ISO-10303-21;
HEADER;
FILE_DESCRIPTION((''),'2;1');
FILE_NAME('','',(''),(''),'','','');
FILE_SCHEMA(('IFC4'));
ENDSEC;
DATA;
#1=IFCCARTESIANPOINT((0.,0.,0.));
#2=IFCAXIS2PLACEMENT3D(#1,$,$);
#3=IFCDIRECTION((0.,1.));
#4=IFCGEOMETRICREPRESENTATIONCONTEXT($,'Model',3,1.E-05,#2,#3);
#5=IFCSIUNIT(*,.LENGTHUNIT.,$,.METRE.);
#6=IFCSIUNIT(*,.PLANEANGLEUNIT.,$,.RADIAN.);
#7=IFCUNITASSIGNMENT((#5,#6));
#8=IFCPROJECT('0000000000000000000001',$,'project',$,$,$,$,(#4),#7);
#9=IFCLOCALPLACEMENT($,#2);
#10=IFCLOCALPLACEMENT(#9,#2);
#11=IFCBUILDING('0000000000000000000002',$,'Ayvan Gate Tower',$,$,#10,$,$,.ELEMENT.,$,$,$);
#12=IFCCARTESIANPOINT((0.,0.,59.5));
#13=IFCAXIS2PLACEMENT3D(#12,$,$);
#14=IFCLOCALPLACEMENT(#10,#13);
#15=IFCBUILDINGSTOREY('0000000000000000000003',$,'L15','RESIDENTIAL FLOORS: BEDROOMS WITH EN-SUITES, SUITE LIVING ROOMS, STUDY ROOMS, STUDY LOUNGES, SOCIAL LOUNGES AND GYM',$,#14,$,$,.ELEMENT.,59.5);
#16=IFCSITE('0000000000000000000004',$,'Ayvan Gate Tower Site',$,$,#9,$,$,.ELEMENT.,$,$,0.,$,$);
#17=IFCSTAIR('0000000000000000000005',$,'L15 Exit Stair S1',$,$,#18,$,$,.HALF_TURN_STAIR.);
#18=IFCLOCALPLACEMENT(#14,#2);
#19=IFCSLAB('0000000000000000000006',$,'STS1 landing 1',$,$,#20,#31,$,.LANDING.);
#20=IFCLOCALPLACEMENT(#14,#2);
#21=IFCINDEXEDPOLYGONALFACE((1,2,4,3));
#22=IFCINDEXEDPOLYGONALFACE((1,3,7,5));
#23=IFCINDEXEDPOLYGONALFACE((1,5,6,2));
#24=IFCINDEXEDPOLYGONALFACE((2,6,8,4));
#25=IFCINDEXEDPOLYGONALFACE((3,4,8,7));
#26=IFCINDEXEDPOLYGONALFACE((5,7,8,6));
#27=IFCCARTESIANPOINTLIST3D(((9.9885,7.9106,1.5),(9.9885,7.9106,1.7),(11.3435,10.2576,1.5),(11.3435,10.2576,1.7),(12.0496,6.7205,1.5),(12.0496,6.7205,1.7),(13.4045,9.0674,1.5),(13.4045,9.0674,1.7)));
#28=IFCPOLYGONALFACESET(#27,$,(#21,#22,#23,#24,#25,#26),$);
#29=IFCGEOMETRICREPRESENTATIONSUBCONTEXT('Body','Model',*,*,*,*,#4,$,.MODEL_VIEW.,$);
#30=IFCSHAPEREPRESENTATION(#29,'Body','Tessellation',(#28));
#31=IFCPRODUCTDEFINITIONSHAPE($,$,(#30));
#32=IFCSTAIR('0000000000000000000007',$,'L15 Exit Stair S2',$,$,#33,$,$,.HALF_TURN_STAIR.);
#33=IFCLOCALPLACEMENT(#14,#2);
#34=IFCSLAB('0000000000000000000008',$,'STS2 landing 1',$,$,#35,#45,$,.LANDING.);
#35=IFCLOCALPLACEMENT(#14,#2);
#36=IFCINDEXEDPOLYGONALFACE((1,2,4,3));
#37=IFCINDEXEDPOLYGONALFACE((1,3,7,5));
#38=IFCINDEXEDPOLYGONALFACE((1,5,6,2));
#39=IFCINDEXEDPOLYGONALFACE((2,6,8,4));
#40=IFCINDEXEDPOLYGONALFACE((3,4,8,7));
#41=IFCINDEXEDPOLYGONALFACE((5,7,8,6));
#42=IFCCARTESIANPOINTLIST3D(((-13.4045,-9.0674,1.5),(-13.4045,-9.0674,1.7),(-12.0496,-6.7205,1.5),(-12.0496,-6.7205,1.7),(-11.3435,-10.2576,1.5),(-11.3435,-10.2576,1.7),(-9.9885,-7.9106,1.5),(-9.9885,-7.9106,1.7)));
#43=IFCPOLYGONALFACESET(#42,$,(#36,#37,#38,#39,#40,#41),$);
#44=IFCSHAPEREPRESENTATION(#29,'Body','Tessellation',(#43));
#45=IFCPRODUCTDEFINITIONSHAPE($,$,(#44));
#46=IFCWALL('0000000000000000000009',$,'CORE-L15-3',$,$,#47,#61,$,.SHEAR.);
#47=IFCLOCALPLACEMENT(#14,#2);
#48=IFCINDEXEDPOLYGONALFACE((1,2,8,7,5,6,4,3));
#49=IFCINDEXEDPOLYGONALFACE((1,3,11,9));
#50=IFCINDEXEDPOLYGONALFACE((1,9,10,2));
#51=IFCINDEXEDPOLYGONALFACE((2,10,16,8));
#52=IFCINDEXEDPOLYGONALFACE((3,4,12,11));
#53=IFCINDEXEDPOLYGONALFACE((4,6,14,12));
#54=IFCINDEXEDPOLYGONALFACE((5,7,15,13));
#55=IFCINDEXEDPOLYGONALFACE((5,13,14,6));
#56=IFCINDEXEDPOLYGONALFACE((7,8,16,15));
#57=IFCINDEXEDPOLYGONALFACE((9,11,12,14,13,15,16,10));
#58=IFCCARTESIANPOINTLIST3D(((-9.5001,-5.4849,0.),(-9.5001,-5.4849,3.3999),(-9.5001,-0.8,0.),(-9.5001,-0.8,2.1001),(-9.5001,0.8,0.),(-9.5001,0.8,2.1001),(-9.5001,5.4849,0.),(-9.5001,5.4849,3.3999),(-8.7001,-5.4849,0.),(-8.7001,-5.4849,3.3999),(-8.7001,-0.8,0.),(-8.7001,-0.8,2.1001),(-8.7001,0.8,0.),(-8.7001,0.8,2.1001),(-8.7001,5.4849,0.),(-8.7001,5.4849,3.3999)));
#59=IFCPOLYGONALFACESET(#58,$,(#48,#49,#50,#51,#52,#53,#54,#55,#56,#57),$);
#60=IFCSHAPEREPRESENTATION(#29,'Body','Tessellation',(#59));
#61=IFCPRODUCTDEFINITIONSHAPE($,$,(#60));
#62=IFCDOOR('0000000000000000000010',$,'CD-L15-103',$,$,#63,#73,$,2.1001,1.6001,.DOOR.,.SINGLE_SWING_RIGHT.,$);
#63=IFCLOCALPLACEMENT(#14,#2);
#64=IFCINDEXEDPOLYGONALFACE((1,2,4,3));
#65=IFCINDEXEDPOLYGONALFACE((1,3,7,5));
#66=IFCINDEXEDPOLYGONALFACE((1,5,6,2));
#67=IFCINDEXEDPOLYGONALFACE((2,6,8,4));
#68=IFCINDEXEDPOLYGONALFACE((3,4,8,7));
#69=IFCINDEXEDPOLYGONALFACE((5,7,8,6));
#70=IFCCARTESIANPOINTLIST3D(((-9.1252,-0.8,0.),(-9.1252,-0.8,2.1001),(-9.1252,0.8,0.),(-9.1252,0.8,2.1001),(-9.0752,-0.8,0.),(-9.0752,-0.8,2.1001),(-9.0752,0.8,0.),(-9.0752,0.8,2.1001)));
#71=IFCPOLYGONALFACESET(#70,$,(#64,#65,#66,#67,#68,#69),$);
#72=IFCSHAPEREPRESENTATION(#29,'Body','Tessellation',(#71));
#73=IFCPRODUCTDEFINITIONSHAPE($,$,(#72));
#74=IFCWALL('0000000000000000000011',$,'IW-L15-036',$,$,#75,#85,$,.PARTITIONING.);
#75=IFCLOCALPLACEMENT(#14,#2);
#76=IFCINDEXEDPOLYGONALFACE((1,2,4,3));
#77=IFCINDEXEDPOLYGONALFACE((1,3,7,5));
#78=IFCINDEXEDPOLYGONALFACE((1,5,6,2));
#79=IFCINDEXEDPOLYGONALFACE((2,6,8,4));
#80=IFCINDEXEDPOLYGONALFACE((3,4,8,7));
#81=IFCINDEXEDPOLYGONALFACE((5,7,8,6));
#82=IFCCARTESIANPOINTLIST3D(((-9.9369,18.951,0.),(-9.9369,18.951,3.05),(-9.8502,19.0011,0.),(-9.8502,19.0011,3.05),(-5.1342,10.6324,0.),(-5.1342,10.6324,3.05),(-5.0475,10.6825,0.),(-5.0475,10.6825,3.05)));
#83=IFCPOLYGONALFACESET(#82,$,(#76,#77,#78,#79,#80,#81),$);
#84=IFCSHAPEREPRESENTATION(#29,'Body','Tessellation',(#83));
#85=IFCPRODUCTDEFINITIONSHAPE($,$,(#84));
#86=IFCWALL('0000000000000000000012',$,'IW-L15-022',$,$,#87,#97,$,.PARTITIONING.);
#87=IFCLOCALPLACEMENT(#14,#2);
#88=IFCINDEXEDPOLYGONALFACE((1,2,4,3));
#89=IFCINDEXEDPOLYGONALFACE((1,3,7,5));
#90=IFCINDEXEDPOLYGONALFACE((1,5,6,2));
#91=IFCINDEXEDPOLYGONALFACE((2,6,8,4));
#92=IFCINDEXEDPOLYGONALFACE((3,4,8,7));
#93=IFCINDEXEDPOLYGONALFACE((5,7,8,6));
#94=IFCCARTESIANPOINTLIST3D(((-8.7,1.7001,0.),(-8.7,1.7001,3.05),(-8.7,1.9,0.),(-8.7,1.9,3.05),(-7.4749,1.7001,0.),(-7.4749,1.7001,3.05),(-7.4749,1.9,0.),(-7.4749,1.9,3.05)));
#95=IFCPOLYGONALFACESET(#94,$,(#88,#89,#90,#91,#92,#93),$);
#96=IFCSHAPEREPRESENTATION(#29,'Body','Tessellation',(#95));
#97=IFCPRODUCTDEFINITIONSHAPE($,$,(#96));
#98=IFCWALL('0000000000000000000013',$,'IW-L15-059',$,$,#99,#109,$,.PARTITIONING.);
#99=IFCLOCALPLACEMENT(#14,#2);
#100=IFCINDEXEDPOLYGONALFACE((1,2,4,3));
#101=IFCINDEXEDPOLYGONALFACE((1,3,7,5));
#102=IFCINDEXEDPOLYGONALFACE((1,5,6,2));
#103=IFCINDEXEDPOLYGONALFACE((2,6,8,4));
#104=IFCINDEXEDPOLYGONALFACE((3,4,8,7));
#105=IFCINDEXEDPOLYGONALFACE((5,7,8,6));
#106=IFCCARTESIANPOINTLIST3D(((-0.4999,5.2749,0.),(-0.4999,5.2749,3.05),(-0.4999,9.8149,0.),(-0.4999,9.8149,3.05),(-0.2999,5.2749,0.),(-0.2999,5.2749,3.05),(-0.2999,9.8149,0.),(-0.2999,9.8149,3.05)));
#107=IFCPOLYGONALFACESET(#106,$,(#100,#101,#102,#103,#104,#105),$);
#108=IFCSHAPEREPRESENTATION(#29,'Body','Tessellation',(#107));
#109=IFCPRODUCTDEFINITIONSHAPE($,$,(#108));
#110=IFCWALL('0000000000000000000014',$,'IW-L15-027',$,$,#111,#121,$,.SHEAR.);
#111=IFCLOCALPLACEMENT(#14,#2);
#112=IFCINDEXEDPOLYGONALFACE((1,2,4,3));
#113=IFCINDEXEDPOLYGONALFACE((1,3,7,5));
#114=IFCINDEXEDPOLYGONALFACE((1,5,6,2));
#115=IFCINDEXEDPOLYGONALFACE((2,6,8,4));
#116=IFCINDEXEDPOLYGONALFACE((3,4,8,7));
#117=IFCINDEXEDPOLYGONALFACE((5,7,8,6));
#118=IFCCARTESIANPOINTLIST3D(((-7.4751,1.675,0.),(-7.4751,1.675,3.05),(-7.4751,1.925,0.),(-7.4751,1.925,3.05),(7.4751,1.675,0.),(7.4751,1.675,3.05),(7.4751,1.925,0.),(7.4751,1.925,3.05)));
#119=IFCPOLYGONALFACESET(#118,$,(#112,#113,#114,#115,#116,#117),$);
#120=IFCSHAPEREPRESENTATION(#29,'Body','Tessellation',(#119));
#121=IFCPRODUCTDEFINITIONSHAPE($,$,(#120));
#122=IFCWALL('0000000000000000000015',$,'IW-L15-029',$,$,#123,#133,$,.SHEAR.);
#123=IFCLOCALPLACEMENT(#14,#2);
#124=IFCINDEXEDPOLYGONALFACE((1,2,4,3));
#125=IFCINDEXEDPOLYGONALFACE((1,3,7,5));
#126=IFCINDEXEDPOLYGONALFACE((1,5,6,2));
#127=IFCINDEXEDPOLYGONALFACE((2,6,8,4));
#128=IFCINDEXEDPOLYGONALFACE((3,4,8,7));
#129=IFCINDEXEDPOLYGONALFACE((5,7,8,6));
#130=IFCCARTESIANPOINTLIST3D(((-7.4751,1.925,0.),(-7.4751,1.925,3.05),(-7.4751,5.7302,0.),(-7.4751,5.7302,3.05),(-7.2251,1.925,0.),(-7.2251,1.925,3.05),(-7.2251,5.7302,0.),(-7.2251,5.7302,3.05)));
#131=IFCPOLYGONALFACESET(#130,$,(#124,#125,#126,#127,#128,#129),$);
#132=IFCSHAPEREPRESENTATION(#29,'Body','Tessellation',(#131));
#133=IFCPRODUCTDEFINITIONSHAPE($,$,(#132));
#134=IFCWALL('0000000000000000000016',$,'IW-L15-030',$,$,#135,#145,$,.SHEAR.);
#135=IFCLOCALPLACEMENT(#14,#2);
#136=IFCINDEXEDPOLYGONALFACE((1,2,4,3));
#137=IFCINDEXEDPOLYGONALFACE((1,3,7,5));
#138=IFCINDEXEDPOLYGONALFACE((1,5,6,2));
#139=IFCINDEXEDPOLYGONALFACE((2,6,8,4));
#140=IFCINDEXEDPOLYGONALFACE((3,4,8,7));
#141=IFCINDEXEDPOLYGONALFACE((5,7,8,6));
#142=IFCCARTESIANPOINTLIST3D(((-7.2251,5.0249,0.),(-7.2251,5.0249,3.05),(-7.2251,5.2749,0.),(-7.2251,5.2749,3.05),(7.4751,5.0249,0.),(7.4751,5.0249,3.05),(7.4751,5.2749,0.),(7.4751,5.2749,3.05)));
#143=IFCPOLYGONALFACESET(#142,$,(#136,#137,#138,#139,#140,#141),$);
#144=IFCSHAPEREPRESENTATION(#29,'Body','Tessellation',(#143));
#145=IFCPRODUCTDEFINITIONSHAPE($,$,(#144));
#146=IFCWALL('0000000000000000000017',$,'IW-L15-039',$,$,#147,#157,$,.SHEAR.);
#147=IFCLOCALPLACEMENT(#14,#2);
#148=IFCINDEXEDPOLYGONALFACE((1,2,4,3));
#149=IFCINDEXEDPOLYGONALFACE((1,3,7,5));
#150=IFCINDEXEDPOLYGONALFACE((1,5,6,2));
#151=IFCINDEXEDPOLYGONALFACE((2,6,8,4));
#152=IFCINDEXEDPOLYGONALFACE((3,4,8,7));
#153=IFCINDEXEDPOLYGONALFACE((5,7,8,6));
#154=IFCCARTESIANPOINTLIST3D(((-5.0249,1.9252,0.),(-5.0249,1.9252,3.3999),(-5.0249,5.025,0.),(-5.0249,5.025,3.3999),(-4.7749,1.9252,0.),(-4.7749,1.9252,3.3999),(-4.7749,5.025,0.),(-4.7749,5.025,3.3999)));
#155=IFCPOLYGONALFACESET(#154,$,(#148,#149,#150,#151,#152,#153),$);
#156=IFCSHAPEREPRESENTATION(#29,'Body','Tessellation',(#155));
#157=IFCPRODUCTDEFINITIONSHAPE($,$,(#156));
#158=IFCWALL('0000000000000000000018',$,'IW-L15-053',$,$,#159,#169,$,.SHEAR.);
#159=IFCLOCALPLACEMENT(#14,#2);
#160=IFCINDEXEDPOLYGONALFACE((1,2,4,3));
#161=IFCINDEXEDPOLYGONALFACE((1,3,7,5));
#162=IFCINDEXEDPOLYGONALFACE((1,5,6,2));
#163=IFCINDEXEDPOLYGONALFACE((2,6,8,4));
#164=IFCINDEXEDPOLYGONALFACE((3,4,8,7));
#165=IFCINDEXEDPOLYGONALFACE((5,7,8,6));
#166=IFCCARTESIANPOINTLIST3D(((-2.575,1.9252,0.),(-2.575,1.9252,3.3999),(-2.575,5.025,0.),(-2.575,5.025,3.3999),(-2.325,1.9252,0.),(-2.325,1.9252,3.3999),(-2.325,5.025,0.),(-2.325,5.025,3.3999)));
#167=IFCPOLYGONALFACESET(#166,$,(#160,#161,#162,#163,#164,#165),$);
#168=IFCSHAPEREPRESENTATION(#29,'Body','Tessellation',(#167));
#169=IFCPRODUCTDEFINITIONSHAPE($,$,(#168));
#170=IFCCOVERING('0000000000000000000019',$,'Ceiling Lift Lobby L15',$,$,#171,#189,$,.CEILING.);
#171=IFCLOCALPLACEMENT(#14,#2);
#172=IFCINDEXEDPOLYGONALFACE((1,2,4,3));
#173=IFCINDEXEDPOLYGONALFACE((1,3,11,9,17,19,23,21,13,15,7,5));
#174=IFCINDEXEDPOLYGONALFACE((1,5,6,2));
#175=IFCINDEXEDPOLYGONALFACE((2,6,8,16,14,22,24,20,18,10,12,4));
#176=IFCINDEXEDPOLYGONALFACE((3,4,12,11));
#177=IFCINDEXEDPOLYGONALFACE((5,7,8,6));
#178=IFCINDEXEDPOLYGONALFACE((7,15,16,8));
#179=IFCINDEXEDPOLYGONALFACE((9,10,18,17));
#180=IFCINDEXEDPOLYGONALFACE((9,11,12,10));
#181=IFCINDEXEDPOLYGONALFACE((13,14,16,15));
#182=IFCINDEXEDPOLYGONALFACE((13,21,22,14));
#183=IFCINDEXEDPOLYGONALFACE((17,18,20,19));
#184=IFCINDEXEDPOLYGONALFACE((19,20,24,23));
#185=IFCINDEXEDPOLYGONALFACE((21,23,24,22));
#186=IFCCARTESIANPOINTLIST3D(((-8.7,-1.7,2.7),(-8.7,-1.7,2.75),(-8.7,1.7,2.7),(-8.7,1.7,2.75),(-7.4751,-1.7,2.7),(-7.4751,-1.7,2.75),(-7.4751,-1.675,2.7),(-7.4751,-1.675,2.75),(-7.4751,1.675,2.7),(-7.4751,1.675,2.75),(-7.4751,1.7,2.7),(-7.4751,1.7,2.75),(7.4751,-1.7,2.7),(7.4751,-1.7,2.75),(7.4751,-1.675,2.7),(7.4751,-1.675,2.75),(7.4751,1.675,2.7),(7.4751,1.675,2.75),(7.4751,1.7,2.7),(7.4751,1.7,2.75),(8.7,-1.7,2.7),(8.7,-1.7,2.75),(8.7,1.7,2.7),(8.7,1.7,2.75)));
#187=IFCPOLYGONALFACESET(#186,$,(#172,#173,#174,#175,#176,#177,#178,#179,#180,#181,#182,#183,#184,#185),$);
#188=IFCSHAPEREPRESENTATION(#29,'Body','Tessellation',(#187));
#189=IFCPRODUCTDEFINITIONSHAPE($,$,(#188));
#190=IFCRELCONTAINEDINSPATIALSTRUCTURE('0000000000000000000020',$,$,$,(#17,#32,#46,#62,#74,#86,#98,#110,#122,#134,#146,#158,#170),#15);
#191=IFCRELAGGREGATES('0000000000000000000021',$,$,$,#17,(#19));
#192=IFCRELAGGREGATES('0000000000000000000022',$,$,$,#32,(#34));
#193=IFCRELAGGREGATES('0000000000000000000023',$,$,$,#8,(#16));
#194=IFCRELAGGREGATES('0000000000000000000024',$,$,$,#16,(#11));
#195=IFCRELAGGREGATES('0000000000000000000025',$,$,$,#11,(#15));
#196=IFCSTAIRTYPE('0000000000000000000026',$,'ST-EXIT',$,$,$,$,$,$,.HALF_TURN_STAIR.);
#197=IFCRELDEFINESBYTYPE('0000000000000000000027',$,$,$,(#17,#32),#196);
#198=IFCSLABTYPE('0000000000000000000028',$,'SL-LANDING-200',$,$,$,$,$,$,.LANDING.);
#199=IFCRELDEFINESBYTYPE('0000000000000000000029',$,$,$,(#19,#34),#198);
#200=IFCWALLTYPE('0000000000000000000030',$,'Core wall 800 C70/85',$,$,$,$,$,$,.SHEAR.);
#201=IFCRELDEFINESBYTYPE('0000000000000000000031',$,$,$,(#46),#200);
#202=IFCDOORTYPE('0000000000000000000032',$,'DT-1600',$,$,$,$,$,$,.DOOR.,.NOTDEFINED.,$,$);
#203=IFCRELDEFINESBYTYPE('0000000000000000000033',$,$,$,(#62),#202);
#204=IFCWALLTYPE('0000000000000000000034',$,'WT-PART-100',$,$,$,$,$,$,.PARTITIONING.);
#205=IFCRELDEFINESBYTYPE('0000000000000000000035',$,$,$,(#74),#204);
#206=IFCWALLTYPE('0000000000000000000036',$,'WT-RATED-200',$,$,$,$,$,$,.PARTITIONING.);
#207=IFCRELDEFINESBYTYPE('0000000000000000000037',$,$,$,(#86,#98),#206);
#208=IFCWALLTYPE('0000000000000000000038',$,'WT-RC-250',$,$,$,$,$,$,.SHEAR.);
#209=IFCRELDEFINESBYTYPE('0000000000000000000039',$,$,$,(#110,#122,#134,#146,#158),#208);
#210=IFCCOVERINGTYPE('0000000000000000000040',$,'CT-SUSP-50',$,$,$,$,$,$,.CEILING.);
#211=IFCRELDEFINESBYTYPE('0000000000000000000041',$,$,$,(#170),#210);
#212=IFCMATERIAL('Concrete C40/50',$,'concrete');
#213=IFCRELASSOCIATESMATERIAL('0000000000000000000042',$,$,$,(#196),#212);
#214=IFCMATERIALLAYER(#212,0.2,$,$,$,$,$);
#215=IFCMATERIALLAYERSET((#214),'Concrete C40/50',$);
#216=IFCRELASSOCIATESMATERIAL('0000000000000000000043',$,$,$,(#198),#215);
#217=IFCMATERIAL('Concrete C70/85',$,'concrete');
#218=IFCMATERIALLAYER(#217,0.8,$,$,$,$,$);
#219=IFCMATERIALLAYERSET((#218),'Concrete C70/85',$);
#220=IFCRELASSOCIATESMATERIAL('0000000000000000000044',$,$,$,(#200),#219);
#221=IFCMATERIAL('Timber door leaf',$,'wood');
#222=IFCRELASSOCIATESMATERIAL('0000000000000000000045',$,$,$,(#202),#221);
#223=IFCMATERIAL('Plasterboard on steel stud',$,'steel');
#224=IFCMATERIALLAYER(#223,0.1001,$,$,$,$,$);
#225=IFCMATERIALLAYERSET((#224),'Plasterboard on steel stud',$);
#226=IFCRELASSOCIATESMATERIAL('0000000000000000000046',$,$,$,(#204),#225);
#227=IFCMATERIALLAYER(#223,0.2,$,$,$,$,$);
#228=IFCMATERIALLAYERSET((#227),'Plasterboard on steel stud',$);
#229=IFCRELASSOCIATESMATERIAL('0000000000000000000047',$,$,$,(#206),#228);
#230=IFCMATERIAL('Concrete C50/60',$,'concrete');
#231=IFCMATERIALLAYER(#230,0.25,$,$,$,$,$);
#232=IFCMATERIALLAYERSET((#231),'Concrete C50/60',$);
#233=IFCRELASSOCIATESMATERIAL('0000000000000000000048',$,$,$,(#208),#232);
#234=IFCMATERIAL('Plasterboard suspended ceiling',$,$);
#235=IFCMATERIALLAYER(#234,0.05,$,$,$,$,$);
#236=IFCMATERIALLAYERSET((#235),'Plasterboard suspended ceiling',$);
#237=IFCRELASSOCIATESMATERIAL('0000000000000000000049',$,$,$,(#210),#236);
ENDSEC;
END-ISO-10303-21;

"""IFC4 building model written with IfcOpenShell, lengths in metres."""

from ifc_helpers import new_model, si_unit, direction, frame, frame_2d, origin, place, context, subcontext, project, spatial, polyline, rectangle, outline, extrude, material, layer, layer_set, type_object, element, fill, aggregate, save


model = new_model("IFC4")

# Units and contexts
model_context = context("Model", 3, precision=1e-05, world=origin(), true_north=direction((0.0, 1.0)))
body_context = subcontext(model_context, "Body", "Model", "MODEL_VIEW")
ifc_project = project(units=[si_unit("LENGTHUNIT", "METRE"), si_unit("PLANEANGLEUNIT", "RADIAN")], contexts=[model_context])

# Site, building, storey
site_placement = place(None, origin())
site = spatial("IfcSite", under=ifc_project, at=site_placement, Name="Ayvan Gate Tower Site", CompositionType="ELEMENT", RefElevation=0.0)
building_placement = place(site_placement, origin())
building = spatial("IfcBuilding", under=site, at=building_placement, Name="Ayvan Gate Tower", CompositionType="ELEMENT")
storey_placement = place(building_placement, frame((0.0, 0.0, 59.5)))
storey = spatial("IfcBuildingStorey", under=building, at=storey_placement, Name="L15", Description="RESIDENTIAL FLOORS: BEDROOMS WITH EN-SUITES, SUITE LIVING ROOMS, STUDY ROOMS, STUDY LOUNGES, SOCIAL LOUNGES AND GYM", CompositionType="ELEMENT", Elevation=59.5)

# Shared definitions
ifc_material_1 = material(Name="Concrete C40/50", Category="concrete")

# Stairs, slabs
stair_type = type_object("IfcStairType", Name="ST-EXIT", PredefinedType="HALF_TURN_STAIR", material=ifc_material_1)
stair_1_placement = place(storey_placement, origin())
stair_1 = element("IfcStair", 1, at=stair_1_placement, inside=storey, type_object=stair_type, Name="L15 Exit Stair S1", PredefinedType="HALF_TURN_STAIR")
ifc_layer_1 = layer(ifc_material_1, 0.2)
ifc_layer_set_1 = layer_set([ifc_layer_1], Name="Concrete C40/50")
slab_type_1 = type_object("IfcSlabType", Name="SL-LANDING-200", PredefinedType="LANDING", material=ifc_layer_set_1)
slab_1_placement = place(storey_placement, frame((0.0, 0.0, 1.5)))
slab_1 = element("IfcSlab", 2, at=slab_1_placement, type_object=slab_type_1, Name="STS1 landing 1", PredefinedType="LANDING", context=body_context, shape_type="SweptSolid", body=[
    extrude(outline(polyline([(9.9885, 7.9106), (12.0496, 6.7205), (13.4045, 9.0674), (11.3435, 10.2576), (9.9885, 7.9106)])), origin(), (0.0, 0.0, 1.0), 0.2),
])
aggregate(stair_1, [slab_1])
stair_2_placement = place(storey_placement, origin())
stair_2 = element("IfcStair", 3, at=stair_2_placement, inside=storey, type_object=stair_type, Name="L15 Exit Stair S2", PredefinedType="HALF_TURN_STAIR")
slab_2_placement = place(storey_placement, frame((0.0, 0.0, 1.5)))
slab_2 = element("IfcSlab", 4, at=slab_2_placement, type_object=slab_type_1, Name="STS2 landing 1", PredefinedType="LANDING", context=body_context, shape_type="SweptSolid", body=[
    extrude(outline(polyline([(-9.9885, -7.9106), (-12.0496, -6.7205), (-13.4045, -9.0674), (-11.3435, -10.2576), (-9.9885, -7.9106)])), origin(), (0.0, 0.0, 1.0), 0.2),
])
aggregate(stair_2, [slab_2])

# Wall, opening, door
ifc_material_2 = material(Name="Concrete C70/85", Category="concrete")
ifc_layer_2 = layer(ifc_material_2, 0.8)
ifc_layer_set_2 = layer_set([ifc_layer_2], Name="Concrete C70/85")
wall_type_1 = type_object("IfcWallType", Name="Core wall 800 C70/85", PredefinedType="SHEAR", material=ifc_layer_set_2)
wall_1_placement = place(storey_placement, frame((-9.1001, 5.4849, 0.0), z_axis=(0.0, 0.0, 1.0), x_axis=(0.0, -1.0, 0.0)))
wall_1 = element("IfcWall", 5, at=wall_1_placement, inside=storey, type_object=wall_type_1, Name="CORE-L15-3", PredefinedType="SHEAR", context=body_context, shape_type="SweptSolid", body=[
    extrude(rectangle(XDim=10.9697, YDim=0.8, at=frame_2d((5.4849, 0.0))), origin(), (0.0, 0.0, 1.0), 3.3999),
])
opening_placement = place(wall_1_placement, frame((4.6848, 0.0, 0.0)))
opening = element("IfcOpeningElement", 6, at=opening_placement, cuts=wall_1, PredefinedType="OPENING", context=body_context, shape_type="SweptSolid", body=[
    extrude(rectangle(XDim=1.6001, YDim=2.1001, at=frame_2d((0.8, 1.05))), frame((0.0, 0.4099, 0.0), z_axis=(0.0, -1.0, 0.0), x_axis=(1.0, 0.0, 0.0)), (0.0, 0.0, 1.0), 0.8201),
])
ifc_material_3 = material(Name="Timber door leaf", Category="wood")
door_type = type_object("IfcDoorType", Name="DT-1600", OperationType="NOTDEFINED", PredefinedType="DOOR", material=ifc_material_3)
door_placement = place(opening_placement, origin())
door = element("IfcDoor", 7, at=door_placement, inside=storey, type_object=door_type, Name="CD-L15-103", OperationType="SINGLE_SWING_RIGHT", OverallHeight=2.1001, OverallWidth=1.6001, PredefinedType="DOOR", context=body_context, shape_type="SweptSolid", body=[
    extrude(rectangle(XDim=1.6001, YDim=2.1001, at=frame_2d((0.8, 1.05))), frame((0.0, 0.0249, 0.0), z_axis=(0.0, -1.0, 0.0), x_axis=(1.0, 0.0, 0.0)), (0.0, 0.0, 1.0), 0.05),
])
fill(opening, door)

# Walls
ifc_material_4 = material(Name="Plasterboard on steel stud", Category="steel")
ifc_layer_3 = layer(ifc_material_4, 0.1001)
ifc_layer_set_3 = layer_set([ifc_layer_3], Name="Plasterboard on steel stud")
wall_type_2 = type_object("IfcWallType", Name="WT-PART-100", PredefinedType="PARTITIONING", material=ifc_layer_set_3)
wall_2_placement = place(storey_placement, frame((-5.0908, 10.6575, 0.0), z_axis=(0.0, 0.0, 1.0), x_axis=(-0.499999, 0.866026, 0.0)))
element("IfcWall", 8, at=wall_2_placement, inside=storey, type_object=wall_type_2, Name="IW-L15-036", PredefinedType="PARTITIONING", context=body_context, shape_type="SweptSolid", body=[
    extrude(rectangle(XDim=9.6055, YDim=0.1001, at=frame_2d((4.8027, 0.0))), origin(), (0.0, 0.0, 1.0), 3.05),
])
ifc_layer_4 = layer(ifc_material_4, 0.2)
ifc_layer_set_4 = layer_set([ifc_layer_4], Name="Plasterboard on steel stud")
wall_type_3 = type_object("IfcWallType", Name="WT-RATED-200", PredefinedType="PARTITIONING", material=ifc_layer_set_4)
wall_3_placement = place(storey_placement, frame((-8.7, 1.8, 0.0), z_axis=(0.0, 0.0, 1.0), x_axis=(1.0, 0.0, 0.0)))
element("IfcWall", 9, at=wall_3_placement, inside=storey, type_object=wall_type_3, Name="IW-L15-022", PredefinedType="PARTITIONING", context=body_context, shape_type="SweptSolid", body=[
    extrude(rectangle(XDim=1.2251, YDim=0.2, at=frame_2d((0.6125, 0.0))), origin(), (0.0, 0.0, 1.0), 3.05),
])
wall_4_placement = place(storey_placement, frame((-0.3999, 9.8149, 0.0), z_axis=(0.0, 0.0, 1.0), x_axis=(0.0, -1.0, 0.0)))
element("IfcWall", 10, at=wall_4_placement, inside=storey, type_object=wall_type_3, Name="IW-L15-059", PredefinedType="PARTITIONING", context=body_context, shape_type="SweptSolid", body=[
    extrude(rectangle(XDim=4.54, YDim=0.2, at=frame_2d((2.27, 0.0))), origin(), (0.0, 0.0, 1.0), 3.05),
])
ifc_material_5 = material(Name="Concrete C50/60", Category="concrete")
ifc_layer_5 = layer(ifc_material_5, 0.25)
ifc_layer_set_5 = layer_set([ifc_layer_5], Name="Concrete C50/60")
wall_type_4 = type_object("IfcWallType", Name="WT-RC-250", PredefinedType="SHEAR", material=ifc_layer_set_5)
wall_5_placement = place(storey_placement, frame((-7.4751, 1.8, 0.0), z_axis=(0.0, 0.0, 1.0), x_axis=(1.0, 0.0, 0.0)))
element("IfcWall", 11, at=wall_5_placement, inside=storey, type_object=wall_type_4, Name="IW-L15-027", PredefinedType="SHEAR", context=body_context, shape_type="SweptSolid", body=[
    extrude(rectangle(XDim=14.9502, YDim=0.25, at=frame_2d((7.4751, 0.0))), origin(), (0.0, 0.0, 1.0), 3.05),
])
wall_6_placement = place(storey_placement, frame((-7.3501, 1.925, 0.0), z_axis=(0.0, 0.0, 1.0), x_axis=(0.0, 1.0, 0.0)))
element("IfcWall", 12, at=wall_6_placement, inside=storey, type_object=wall_type_4, Name="IW-L15-029", PredefinedType="SHEAR", context=body_context, shape_type="SweptSolid", body=[
    extrude(rectangle(XDim=3.8052, YDim=0.25, at=frame_2d((1.9026, 0.0))), origin(), (0.0, 0.0, 1.0), 3.05),
])
wall_7_placement = place(storey_placement, frame((-7.2251, 5.1499, 0.0), z_axis=(0.0, 0.0, 1.0), x_axis=(1.0, 0.0, 0.0)))
element("IfcWall", 13, at=wall_7_placement, inside=storey, type_object=wall_type_4, Name="IW-L15-030", PredefinedType="SHEAR", context=body_context, shape_type="SweptSolid", body=[
    extrude(rectangle(XDim=14.7002, YDim=0.25, at=frame_2d((7.3501, 0.0))), origin(), (0.0, 0.0, 1.0), 3.05),
])
for number, where, z_axis, x_axis, name in (
    (14, (-4.8999, 5.0249, 0.0), (0.0, 0.0, 1.0), (0.0, -1.0, 0.0), "IW-L15-039"),
    (15, (-2.45, 5.0249, 0.0), (0.0, 0.0, 1.0), (0.0, -1.0, 0.0), "IW-L15-053"),
):
    element("IfcWall", number, at=place(storey_placement, frame(where, z_axis=z_axis, x_axis=x_axis)), inside=storey, type_object=wall_type_4, Name=name, PredefinedType="SHEAR", context=body_context, shape_type="SweptSolid", body=[
        extrude(rectangle(XDim=3.0999, YDim=0.25, at=frame_2d((1.5498, 0.0))), origin(), (0.0, 0.0, 1.0), 3.3999),
    ])

# Covering
ifc_material_6 = material(Name="Plasterboard suspended ceiling")
ifc_layer_6 = layer(ifc_material_6, 0.05)
ifc_layer_set_6 = layer_set([ifc_layer_6], Name="Plasterboard suspended ceiling")
covering_type = type_object("IfcCoveringType", Name="CT-SUSP-50", PredefinedType="CEILING", material=ifc_layer_set_6)
covering_1_placement = place(storey_placement, frame((0.0, 0.0, 2.7)))
element("IfcCovering", 16, at=covering_1_placement, inside=storey, type_object=covering_type, Name="Ceiling Lift Lobby L15", PredefinedType="CEILING", context=body_context, shape_type="SweptSolid", body=[
    extrude(outline(polyline([(7.4751, -1.675), (-7.4751, -1.675), (-7.4751, -1.7), (-8.7, -1.7), (-8.7, 1.7), (-7.4751, 1.7), (-7.4751, 1.675), (7.4751, 1.675), (7.4751, 1.7), (8.7, 1.7), (8.7, -1.7), (7.4751, -1.7), (7.4751, -1.675)])), origin(), (0.0, 0.0, 1.0), 0.05),
])

save(model, "model.ifc")
